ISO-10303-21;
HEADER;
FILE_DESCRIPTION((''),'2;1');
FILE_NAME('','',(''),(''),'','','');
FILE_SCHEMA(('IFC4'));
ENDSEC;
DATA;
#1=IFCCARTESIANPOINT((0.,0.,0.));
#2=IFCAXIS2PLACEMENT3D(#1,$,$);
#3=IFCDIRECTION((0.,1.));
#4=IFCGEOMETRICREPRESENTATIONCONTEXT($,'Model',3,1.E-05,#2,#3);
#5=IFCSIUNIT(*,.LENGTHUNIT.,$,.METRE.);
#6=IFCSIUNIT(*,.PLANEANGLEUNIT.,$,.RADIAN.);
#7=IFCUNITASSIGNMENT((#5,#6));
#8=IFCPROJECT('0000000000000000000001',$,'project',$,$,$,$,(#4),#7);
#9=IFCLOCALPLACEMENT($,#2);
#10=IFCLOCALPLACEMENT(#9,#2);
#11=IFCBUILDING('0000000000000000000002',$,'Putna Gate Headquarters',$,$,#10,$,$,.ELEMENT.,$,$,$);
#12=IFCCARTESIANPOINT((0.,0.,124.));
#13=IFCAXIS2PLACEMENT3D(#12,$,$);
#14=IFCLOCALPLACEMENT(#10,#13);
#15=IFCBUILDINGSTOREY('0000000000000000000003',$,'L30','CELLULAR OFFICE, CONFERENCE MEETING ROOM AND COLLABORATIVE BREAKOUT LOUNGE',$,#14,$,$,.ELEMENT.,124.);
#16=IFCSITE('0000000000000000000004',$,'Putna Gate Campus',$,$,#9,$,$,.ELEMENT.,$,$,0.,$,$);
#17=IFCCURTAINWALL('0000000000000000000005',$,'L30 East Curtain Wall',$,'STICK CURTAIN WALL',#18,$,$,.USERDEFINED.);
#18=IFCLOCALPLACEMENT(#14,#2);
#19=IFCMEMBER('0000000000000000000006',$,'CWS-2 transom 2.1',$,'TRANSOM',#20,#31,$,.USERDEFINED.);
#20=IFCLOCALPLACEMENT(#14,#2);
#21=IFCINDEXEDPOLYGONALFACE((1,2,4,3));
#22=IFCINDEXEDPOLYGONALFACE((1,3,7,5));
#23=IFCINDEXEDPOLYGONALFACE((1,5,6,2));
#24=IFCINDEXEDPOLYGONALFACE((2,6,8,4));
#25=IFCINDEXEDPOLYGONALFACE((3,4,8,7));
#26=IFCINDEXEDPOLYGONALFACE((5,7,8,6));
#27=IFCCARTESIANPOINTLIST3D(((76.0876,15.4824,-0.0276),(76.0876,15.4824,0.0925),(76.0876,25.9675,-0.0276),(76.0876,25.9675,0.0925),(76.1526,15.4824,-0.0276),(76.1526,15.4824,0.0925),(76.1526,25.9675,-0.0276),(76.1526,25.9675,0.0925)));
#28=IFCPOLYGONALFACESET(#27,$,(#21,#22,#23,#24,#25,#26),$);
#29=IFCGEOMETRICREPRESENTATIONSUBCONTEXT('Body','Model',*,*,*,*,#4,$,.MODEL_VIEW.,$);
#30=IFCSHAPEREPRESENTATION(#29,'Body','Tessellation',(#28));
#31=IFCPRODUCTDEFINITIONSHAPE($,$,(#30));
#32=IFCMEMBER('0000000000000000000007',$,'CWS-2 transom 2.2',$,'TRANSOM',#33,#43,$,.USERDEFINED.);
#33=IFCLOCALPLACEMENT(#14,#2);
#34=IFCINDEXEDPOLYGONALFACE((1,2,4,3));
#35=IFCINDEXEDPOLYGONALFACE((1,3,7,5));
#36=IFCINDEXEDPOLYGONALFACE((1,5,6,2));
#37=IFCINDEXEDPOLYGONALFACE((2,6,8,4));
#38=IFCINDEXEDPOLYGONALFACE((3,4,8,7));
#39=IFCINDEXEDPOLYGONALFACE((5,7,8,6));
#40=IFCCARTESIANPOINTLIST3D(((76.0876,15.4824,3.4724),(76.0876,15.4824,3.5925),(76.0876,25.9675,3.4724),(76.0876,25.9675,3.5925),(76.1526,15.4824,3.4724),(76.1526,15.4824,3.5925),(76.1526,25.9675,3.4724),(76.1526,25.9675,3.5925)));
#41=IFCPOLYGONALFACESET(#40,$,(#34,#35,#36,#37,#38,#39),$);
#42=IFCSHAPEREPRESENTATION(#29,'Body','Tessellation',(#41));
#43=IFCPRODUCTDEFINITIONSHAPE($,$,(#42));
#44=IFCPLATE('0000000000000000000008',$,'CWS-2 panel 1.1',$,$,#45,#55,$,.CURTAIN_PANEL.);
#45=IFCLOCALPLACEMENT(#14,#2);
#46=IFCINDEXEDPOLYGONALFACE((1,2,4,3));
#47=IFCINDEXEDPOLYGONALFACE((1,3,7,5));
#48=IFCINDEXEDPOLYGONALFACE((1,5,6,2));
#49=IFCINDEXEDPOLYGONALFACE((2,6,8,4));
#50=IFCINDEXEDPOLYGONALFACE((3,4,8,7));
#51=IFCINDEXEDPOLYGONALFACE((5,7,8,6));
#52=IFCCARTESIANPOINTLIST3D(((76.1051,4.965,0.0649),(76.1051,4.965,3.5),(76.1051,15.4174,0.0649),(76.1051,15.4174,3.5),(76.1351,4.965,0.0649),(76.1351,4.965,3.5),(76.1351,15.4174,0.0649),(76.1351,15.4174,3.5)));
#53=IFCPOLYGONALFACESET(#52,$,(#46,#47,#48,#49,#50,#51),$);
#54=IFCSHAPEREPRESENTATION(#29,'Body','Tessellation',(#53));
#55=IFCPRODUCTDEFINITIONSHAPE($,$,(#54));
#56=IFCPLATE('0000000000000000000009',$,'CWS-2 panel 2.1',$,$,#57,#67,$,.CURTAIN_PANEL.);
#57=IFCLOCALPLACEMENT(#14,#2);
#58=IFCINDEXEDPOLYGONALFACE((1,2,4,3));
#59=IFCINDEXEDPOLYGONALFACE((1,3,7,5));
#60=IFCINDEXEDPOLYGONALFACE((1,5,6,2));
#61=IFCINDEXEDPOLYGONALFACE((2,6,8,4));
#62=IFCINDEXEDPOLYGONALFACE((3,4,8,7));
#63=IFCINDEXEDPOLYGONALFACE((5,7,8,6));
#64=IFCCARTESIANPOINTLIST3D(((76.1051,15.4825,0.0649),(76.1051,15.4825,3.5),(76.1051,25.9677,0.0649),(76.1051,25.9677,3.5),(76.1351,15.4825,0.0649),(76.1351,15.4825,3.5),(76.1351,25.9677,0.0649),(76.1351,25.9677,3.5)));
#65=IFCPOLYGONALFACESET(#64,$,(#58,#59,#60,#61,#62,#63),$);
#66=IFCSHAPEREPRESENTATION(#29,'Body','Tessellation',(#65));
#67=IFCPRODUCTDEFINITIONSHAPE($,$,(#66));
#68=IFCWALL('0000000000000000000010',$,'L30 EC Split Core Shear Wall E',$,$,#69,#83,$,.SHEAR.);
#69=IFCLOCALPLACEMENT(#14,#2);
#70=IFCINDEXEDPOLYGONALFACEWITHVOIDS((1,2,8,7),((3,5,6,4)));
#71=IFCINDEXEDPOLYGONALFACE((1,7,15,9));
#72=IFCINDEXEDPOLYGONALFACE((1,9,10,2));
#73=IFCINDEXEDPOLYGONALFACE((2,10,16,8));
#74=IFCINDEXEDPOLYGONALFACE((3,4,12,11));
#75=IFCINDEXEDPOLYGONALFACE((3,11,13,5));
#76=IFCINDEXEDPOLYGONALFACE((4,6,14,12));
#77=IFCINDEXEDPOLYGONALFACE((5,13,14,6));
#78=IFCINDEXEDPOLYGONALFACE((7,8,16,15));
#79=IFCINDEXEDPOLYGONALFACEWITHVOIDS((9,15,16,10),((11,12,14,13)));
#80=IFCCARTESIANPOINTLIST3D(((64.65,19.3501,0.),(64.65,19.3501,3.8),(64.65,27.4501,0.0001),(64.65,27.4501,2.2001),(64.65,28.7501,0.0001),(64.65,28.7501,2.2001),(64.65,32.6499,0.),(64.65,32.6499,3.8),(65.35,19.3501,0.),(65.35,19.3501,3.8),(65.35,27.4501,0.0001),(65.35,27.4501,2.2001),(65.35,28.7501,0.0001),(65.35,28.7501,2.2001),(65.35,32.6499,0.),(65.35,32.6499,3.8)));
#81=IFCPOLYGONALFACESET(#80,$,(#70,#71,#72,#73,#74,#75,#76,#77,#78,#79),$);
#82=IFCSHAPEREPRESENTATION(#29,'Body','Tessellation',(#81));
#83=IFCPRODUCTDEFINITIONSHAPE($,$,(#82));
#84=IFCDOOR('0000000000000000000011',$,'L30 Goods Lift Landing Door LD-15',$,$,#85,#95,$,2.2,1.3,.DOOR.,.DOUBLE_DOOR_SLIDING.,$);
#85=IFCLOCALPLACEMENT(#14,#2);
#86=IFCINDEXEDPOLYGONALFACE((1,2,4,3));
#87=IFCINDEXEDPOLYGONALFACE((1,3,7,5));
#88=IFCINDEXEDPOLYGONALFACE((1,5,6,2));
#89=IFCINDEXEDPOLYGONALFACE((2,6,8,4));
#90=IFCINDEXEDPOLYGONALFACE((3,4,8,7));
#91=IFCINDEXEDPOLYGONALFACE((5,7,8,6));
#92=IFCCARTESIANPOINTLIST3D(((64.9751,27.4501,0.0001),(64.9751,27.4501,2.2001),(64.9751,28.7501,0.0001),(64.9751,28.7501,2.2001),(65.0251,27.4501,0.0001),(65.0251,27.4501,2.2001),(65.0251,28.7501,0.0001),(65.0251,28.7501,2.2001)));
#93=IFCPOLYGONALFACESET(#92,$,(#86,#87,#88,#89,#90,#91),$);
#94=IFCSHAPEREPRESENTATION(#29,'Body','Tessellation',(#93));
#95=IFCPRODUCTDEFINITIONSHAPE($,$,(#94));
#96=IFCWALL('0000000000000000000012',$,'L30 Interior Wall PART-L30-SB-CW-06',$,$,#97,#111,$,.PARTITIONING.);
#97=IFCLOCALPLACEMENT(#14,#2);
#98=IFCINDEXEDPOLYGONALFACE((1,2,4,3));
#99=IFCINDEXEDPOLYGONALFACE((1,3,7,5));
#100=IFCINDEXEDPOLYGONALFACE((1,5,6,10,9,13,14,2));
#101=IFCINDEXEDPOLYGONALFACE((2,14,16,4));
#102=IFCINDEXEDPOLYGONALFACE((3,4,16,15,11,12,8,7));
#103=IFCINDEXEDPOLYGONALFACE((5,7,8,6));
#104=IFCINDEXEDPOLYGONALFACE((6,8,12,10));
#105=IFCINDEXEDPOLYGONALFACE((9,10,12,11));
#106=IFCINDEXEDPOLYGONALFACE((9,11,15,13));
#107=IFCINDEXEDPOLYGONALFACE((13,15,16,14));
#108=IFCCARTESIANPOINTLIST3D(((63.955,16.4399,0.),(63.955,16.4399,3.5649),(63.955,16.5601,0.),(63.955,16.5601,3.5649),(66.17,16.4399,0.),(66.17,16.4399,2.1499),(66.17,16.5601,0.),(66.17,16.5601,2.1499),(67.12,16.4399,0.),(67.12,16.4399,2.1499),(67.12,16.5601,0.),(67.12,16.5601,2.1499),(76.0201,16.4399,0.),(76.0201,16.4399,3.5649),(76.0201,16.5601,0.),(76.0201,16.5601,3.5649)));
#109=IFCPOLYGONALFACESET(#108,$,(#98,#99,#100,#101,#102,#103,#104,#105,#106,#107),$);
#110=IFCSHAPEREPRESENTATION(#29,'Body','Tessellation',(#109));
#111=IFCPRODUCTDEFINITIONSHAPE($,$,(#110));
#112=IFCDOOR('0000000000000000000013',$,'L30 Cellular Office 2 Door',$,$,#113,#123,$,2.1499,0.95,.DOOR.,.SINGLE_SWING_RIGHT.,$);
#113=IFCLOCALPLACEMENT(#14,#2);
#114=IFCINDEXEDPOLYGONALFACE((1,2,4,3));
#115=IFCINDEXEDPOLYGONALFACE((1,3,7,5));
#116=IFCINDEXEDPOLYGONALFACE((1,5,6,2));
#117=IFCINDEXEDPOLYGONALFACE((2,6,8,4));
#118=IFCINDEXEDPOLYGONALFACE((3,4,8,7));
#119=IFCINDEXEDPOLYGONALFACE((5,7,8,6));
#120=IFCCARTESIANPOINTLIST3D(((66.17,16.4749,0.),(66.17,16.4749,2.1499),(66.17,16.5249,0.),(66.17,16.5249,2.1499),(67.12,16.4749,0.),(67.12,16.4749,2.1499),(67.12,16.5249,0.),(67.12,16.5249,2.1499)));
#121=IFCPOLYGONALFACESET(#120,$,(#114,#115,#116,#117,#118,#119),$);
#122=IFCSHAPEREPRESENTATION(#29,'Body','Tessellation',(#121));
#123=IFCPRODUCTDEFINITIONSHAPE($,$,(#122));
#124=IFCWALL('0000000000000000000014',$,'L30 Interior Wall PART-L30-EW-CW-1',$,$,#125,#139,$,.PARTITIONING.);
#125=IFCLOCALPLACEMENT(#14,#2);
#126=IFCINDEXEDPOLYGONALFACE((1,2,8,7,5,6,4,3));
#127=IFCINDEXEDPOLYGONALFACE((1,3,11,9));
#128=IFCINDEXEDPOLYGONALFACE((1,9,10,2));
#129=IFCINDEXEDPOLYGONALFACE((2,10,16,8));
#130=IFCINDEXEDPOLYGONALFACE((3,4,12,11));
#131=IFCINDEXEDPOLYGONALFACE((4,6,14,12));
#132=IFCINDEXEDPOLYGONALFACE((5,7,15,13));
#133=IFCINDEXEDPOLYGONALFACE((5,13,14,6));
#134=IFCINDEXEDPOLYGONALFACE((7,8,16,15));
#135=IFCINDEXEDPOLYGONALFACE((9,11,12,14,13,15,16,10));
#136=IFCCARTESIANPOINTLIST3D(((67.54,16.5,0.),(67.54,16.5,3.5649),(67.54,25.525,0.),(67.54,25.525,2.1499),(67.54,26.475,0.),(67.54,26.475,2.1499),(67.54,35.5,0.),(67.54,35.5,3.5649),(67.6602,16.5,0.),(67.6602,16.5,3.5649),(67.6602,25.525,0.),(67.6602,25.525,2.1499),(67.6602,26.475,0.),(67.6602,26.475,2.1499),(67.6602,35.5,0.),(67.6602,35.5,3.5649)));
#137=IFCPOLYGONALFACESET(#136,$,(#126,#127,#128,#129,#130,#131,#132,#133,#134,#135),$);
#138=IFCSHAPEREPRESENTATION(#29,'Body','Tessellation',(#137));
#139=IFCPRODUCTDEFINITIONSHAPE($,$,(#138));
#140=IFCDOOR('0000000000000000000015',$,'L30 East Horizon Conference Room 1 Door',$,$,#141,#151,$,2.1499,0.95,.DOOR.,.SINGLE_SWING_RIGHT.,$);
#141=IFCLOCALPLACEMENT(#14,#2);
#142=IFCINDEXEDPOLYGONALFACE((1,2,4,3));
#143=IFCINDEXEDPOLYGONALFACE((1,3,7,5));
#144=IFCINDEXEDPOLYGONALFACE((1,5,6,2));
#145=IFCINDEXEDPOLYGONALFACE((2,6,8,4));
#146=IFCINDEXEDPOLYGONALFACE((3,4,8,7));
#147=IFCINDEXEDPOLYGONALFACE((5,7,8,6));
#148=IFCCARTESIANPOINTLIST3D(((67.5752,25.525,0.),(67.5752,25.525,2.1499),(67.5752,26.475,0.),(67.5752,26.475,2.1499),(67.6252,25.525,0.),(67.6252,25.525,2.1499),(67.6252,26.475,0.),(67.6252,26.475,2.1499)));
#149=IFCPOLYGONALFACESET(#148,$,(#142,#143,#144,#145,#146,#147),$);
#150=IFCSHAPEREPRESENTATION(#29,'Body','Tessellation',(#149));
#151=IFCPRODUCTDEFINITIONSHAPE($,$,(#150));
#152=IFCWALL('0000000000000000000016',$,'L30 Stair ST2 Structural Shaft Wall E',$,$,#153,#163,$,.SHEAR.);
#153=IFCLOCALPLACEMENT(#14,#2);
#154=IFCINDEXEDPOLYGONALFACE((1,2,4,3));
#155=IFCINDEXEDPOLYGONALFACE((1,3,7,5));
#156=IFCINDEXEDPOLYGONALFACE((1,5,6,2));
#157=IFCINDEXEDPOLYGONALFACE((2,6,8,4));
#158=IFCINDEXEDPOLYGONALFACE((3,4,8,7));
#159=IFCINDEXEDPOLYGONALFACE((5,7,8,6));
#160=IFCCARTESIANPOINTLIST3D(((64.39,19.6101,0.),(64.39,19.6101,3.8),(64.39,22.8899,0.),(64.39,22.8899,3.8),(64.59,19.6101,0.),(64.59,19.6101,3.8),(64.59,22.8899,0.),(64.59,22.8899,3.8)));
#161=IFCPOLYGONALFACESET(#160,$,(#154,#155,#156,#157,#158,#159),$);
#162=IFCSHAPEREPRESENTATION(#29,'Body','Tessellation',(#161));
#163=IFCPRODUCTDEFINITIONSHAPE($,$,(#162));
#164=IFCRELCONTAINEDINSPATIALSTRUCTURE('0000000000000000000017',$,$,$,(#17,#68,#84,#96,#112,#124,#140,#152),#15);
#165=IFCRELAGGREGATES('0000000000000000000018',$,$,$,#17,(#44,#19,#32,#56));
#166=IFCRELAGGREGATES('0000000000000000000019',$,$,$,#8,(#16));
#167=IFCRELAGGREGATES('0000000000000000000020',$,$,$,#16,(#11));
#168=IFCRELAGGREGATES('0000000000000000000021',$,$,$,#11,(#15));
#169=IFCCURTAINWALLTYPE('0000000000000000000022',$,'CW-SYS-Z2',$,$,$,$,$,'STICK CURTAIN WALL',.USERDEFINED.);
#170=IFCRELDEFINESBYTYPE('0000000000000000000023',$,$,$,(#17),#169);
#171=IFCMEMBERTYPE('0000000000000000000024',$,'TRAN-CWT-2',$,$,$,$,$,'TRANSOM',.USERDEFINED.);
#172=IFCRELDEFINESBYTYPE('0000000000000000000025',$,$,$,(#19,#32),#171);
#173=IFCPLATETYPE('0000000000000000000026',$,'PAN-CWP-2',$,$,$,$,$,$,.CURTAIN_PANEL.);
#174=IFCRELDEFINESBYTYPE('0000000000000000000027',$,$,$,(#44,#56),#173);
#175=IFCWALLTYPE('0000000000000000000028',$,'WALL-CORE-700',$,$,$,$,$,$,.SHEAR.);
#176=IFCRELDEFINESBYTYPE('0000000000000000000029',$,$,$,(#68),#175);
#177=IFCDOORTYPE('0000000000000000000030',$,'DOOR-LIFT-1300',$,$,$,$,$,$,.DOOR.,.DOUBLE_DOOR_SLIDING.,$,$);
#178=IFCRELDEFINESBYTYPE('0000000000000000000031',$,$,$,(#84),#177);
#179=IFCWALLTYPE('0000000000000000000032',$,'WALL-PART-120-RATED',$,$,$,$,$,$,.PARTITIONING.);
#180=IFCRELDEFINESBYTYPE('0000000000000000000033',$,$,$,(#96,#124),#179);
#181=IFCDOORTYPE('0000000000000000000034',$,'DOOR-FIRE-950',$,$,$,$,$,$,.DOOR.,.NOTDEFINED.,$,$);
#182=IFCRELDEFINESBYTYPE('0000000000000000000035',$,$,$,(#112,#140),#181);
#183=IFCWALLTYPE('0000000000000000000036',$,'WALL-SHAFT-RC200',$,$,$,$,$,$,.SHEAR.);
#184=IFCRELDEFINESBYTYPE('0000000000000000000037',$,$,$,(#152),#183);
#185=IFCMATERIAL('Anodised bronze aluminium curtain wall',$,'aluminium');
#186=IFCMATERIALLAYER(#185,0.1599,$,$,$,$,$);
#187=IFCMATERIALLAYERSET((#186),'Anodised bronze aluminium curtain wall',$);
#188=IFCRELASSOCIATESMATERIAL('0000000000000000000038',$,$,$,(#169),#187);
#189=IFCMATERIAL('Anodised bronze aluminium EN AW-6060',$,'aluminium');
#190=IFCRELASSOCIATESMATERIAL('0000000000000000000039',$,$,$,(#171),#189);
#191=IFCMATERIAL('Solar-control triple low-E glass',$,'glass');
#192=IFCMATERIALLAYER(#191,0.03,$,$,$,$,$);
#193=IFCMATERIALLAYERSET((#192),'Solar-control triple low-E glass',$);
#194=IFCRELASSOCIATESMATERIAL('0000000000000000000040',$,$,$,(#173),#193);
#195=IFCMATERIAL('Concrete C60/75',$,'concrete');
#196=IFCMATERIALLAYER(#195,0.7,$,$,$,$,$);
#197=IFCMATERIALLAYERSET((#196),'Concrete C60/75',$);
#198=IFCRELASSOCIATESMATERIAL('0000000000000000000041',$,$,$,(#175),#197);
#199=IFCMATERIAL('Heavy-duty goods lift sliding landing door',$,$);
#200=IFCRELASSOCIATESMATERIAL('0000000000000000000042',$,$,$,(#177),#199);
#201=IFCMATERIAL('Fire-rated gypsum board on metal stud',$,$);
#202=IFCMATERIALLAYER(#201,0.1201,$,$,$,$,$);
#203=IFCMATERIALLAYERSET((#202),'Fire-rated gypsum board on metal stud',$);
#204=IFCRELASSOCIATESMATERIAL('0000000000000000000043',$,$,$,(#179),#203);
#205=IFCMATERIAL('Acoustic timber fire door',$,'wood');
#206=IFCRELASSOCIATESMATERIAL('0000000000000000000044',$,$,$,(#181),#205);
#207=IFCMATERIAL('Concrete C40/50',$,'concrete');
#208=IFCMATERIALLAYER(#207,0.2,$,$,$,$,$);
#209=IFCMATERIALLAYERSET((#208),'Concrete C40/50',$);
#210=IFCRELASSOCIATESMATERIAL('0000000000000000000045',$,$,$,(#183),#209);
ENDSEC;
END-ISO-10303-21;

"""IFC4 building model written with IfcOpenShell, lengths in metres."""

from ifc_helpers import new_model, si_unit, direction, frame, frame_2d, origin, origin_2d, place, context, subcontext, project, spatial, rectangle, extrude, material, layer, layer_set, material_profile, profile_set, type_object, element, fill, aggregate, save


model = new_model("IFC4")

# Units and contexts
model_context = context("Model", 3, precision=1e-05, world=origin(), true_north=direction((0.0, 1.0)))
body_context = subcontext(model_context, "Body", "Model", "MODEL_VIEW")
ifc_project = project(units=[si_unit("LENGTHUNIT", "METRE"), si_unit("PLANEANGLEUNIT", "RADIAN")], contexts=[model_context])

# Site, building, storey
site_placement = place(None, origin())
site = spatial("IfcSite", under=ifc_project, at=site_placement, Name="Putna Gate Campus", CompositionType="ELEMENT", RefElevation=0.0)
building_placement = place(site_placement, origin())
building = spatial("IfcBuilding", under=site, at=building_placement, Name="Putna Gate Headquarters", CompositionType="ELEMENT")
storey_placement = place(building_placement, frame((0.0, 0.0, 124.0)))
storey = spatial("IfcBuildingStorey", under=building, at=storey_placement, Name="L30", Description="CELLULAR OFFICE, CONFERENCE MEETING ROOM AND COLLABORATIVE BREAKOUT LOUNGE", CompositionType="ELEMENT", Elevation=124.0)

# Shared definitions
ifc_material_1 = material(Name="Concrete C60/75", Category="concrete")

# Curtain wall, members, plates
ifc_material_2 = material(Name="Anodised bronze aluminium curtain wall", Category="aluminium")
ifc_layer_1 = layer(ifc_material_2, 0.1599)
ifc_layer_set_1 = layer_set([ifc_layer_1], Name="Anodised bronze aluminium curtain wall")
curtain_wall_type = type_object("IfcCurtainWallType", Name="CW-SYS-Z2", ElementType="STICK CURTAIN WALL", PredefinedType="USERDEFINED", material=ifc_layer_set_1)
curtain_wall_placement = place(storey_placement, origin())
curtain_wall = element("IfcCurtainWall", 1, at=curtain_wall_placement, inside=storey, type_object=curtain_wall_type, Name="L30 East Curtain Wall", ObjectType="STICK CURTAIN WALL", PredefinedType="USERDEFINED")
ifc_material_3 = material(Name="Anodised bronze aluminium EN AW-6060", Category="aluminium")
ifc_material_profile_1 = material_profile(ifc_material_3, rectangle(XDim=0.0649, YDim=0.1201, at=origin_2d()), Name="Anodised bronze aluminium EN AW-6060")
ifc_profile_set_1 = profile_set([ifc_material_profile_1], Name="Anodised bronze aluminium EN AW-6060")
member_type_1 = type_object("IfcMemberType", Name="TRAN-CWT-2", ElementType="TRANSOM", PredefinedType="USERDEFINED", material=ifc_profile_set_1)
member_1_placement = place(storey_placement, frame((76.1201, 15.4824, 0.0325), z_axis=(0.0, 1.0, 0.0), x_axis=(-1.0, 0.0, 0.0)))
member_1 = element("IfcMember", 2, at=member_1_placement, type_object=member_type_1, Name="CWS-2 transom 2.1", ObjectType="TRANSOM", PredefinedType="USERDEFINED", context=body_context, shape_type="SweptSolid", body=[
    extrude(rectangle(XDim=0.0649, YDim=0.1201, at=origin_2d()), origin(), (0.0, 0.0, 1.0), 10.4851),
])
member_2_placement = place(storey_placement, frame((76.1201, 15.4824, 3.5325), z_axis=(0.0, 1.0, 0.0), x_axis=(-1.0, 0.0, 0.0)))
member_2 = element("IfcMember", 3, at=member_2_placement, type_object=member_type_1, Name="CWS-2 transom 2.2", ObjectType="TRANSOM", PredefinedType="USERDEFINED", context=body_context, shape_type="SweptSolid", body=[
    extrude(rectangle(XDim=0.0649, YDim=0.1201, at=origin_2d()), origin(), (0.0, 0.0, 1.0), 10.4851),
])
ifc_material_4 = material(Name="Solar-control triple low-E glass", Category="glass")
ifc_layer_2 = layer(ifc_material_4, 0.03)
ifc_layer_set_2 = layer_set([ifc_layer_2], Name="Solar-control triple low-E glass")
plate_type = type_object("IfcPlateType", Name="PAN-CWP-2", PredefinedType="CURTAIN_PANEL", material=ifc_layer_set_2)
plate_1_placement = place(storey_placement, frame((76.1201, 10.1912, 0.0649), z_axis=(0.0, 0.0, 1.0), x_axis=(0.0, 1.0, 0.0)))
plate_1 = element("IfcPlate", 4, at=plate_1_placement, type_object=plate_type, Name="CWS-2 panel 1.1", PredefinedType="CURTAIN_PANEL", context=body_context, shape_type="SweptSolid", body=[
    extrude(rectangle(XDim=10.4524, YDim=0.03, at=origin_2d()), origin(), (0.0, 0.0, 1.0), 3.4351),
])
plate_2_placement = place(storey_placement, frame((76.1201, 20.7251, 0.0649), z_axis=(0.0, 0.0, 1.0), x_axis=(0.0, 1.0, 0.0)))
plate_2 = element("IfcPlate", 5, at=plate_2_placement, type_object=plate_type, Name="CWS-2 panel 2.1", PredefinedType="CURTAIN_PANEL", context=body_context, shape_type="SweptSolid", body=[
    extrude(rectangle(XDim=10.4851, YDim=0.03, at=origin_2d()), origin(), (0.0, 0.0, 1.0), 3.4351),
])
aggregate(curtain_wall, [plate_1, member_1, member_2, plate_2])

# Walls, openings, doors
ifc_layer_3 = layer(ifc_material_1, 0.7)
ifc_layer_set_3 = layer_set([ifc_layer_3], Name="Concrete C60/75")
wall_type_1 = type_object("IfcWallType", Name="WALL-CORE-700", PredefinedType="SHEAR", material=ifc_layer_set_3)
wall_1_placement = place(storey_placement, frame((65.0, 19.3501, 0.0), z_axis=(0.0, 0.0, 1.0), x_axis=(0.0, 1.0, 0.0)))
wall_1 = element("IfcWall", 6, at=wall_1_placement, inside=storey, type_object=wall_type_1, Name="L30 EC Split Core Shear Wall E", PredefinedType="SHEAR", context=body_context, shape_type="SweptSolid", body=[
    extrude(rectangle(XDim=13.2998, YDim=0.7, at=frame_2d((6.6499, 0.0))), origin(), (0.0, 0.0, 1.0), 3.8),
])
opening_1_placement = place(wall_1_placement, frame((8.1001, 0.0, 0.0)))
opening_1 = element("IfcOpeningElement", 7, at=opening_1_placement, cuts=wall_1, PredefinedType="OPENING", context=body_context, shape_type="SweptSolid", body=[
    extrude(rectangle(XDim=1.3, YDim=2.2, at=frame_2d((0.6499, 1.1001))), frame((0.0, 0.3599, 0.0), z_axis=(0.0, -1.0, 0.0), x_axis=(1.0, 0.0, 0.0)), (0.0, 0.0, 1.0), 0.72),
])
ifc_material_5 = material(Name="Heavy-duty goods lift sliding landing door")
door_type_1 = type_object("IfcDoorType", Name="DOOR-LIFT-1300", OperationType="DOUBLE_DOOR_SLIDING", PredefinedType="DOOR", material=ifc_material_5)
door_1_placement = place(opening_1_placement, origin())
door_1 = element("IfcDoor", 8, at=door_1_placement, inside=storey, type_object=door_type_1, Name="L30 Goods Lift Landing Door LD-15", OperationType="DOUBLE_DOOR_SLIDING", OverallHeight=2.2, OverallWidth=1.3, PredefinedType="DOOR", context=body_context, shape_type="SweptSolid", body=[
    extrude(rectangle(XDim=1.3, YDim=2.2, at=frame_2d((0.6499, 1.1001))), frame((0.0, 0.0249, 0.0), z_axis=(0.0, -1.0, 0.0), x_axis=(1.0, 0.0, 0.0)), (0.0, 0.0, 1.0), 0.05),
])
fill(opening_1, door_1)
ifc_material_6 = material(Name="Fire-rated gypsum board on metal stud")
ifc_layer_4 = layer(ifc_material_6, 0.1201)
ifc_layer_set_4 = layer_set([ifc_layer_4], Name="Fire-rated gypsum board on metal stud")
wall_type_2 = type_object("IfcWallType", Name="WALL-PART-120-RATED", PredefinedType="PARTITIONING", material=ifc_layer_set_4)
wall_2_placement = place(storey_placement, frame((63.9548, 16.5, 0.0), z_axis=(0.0, 0.0, 1.0), x_axis=(1.0, 0.0, 0.0)))
wall_2 = element("IfcWall", 9, at=wall_2_placement, inside=storey, type_object=wall_type_2, Name="L30 Interior Wall PART-L30-SB-CW-06", PredefinedType="PARTITIONING", context=body_context, shape_type="SweptSolid", body=[
    extrude(rectangle(XDim=12.0652, YDim=0.1201, at=frame_2d((6.0327, 0.0))), origin(), (0.0, 0.0, 1.0), 3.5649),
])
opening_2_placement = place(wall_2_placement, frame((2.2151, 0.0, 0.0)))
opening_2 = element("IfcOpeningElement", 10, at=opening_2_placement, cuts=wall_2, PredefinedType="OPENING", context=body_context, shape_type="SweptSolid", body=[
    extrude(rectangle(XDim=0.95, YDim=2.1499, at=frame_2d((0.4751, 1.075))), frame((0.0, 0.0701, 0.0), z_axis=(0.0, -1.0, 0.0), x_axis=(1.0, 0.0, 0.0)), (0.0, 0.0, 1.0), 0.1401),
])
ifc_material_7 = material(Name="Acoustic timber fire door", Category="wood")
door_type_2 = type_object("IfcDoorType", Name="DOOR-FIRE-950", OperationType="NOTDEFINED", PredefinedType="DOOR", material=ifc_material_7)
door_2_placement = place(opening_2_placement, origin())
door_2 = element("IfcDoor", 11, at=door_2_placement, inside=storey, type_object=door_type_2, Name="L30 Cellular Office 2 Door", OperationType="SINGLE_SWING_RIGHT", OverallHeight=2.1499, OverallWidth=0.95, PredefinedType="DOOR", context=body_context, shape_type="SweptSolid", body=[
    extrude(rectangle(XDim=0.95, YDim=2.1499, at=frame_2d((0.4751, 1.075))), frame((0.0, 0.0249, 0.0), z_axis=(0.0, -1.0, 0.0), x_axis=(1.0, 0.0, 0.0)), (0.0, 0.0, 1.0), 0.05),
])
fill(opening_2, door_2)
wall_3_placement = place(storey_placement, frame((67.6001, 16.5, 0.0), z_axis=(0.0, 0.0, 1.0), x_axis=(0.0, 1.0, 0.0)))
wall_3 = element("IfcWall", 12, at=wall_3_placement, inside=storey, type_object=wall_type_2, Name="L30 Interior Wall PART-L30-EW-CW-1", PredefinedType="PARTITIONING", context=body_context, shape_type="SweptSolid", body=[
    extrude(rectangle(XDim=19.0, YDim=0.1201, at=frame_2d((9.5, 0.0))), origin(), (0.0, 0.0, 1.0), 3.5649),
])
opening_3_placement = place(wall_3_placement, frame((9.0249, 0.0, 0.0)))
opening_3 = element("IfcOpeningElement", 13, at=opening_3_placement, cuts=wall_3, PredefinedType="OPENING", context=body_context, shape_type="SweptSolid", body=[
    extrude(rectangle(XDim=0.95, YDim=2.1499, at=frame_2d((0.4751, 1.075))), frame((0.0, 0.0701, 0.0), z_axis=(0.0, -1.0, 0.0), x_axis=(1.0, 0.0, 0.0)), (0.0, 0.0, 1.0), 0.1401),
])
door_3_placement = place(opening_3_placement, origin())
door_3 = element("IfcDoor", 14, at=door_3_placement, inside=storey, type_object=door_type_2, Name="L30 East Horizon Conference Room 1 Door", OperationType="SINGLE_SWING_RIGHT", OverallHeight=2.1499, OverallWidth=0.95, PredefinedType="DOOR", context=body_context, shape_type="SweptSolid", body=[
    extrude(rectangle(XDim=0.95, YDim=2.1499, at=frame_2d((0.4751, 1.075))), frame((0.0, 0.0249, 0.0), z_axis=(0.0, -1.0, 0.0), x_axis=(1.0, 0.0, 0.0)), (0.0, 0.0, 1.0), 0.05),
])
fill(opening_3, door_3)

# Wall
ifc_material_8 = material(Name="Concrete C40/50", Category="concrete")
ifc_layer_5 = layer(ifc_material_8, 0.2)
ifc_layer_set_5 = layer_set([ifc_layer_5], Name="Concrete C40/50")
wall_type_3 = type_object("IfcWallType", Name="WALL-SHAFT-RC200", PredefinedType="SHEAR", material=ifc_layer_set_5)
wall_4_placement = place(storey_placement, frame((64.49, 19.6101, 0.0), z_axis=(0.0, 0.0, 1.0), x_axis=(0.0, 1.0, 0.0)))
element("IfcWall", 15, at=wall_4_placement, inside=storey, type_object=wall_type_3, Name="L30 Stair ST2 Structural Shaft Wall E", PredefinedType="SHEAR", context=body_context, shape_type="SweptSolid", body=[
    extrude(rectangle(XDim=3.2798, YDim=0.2, at=frame_2d((1.6399, 0.0))), origin(), (0.0, 0.0, 1.0), 3.8),
])

save(model, "model.ifc")
